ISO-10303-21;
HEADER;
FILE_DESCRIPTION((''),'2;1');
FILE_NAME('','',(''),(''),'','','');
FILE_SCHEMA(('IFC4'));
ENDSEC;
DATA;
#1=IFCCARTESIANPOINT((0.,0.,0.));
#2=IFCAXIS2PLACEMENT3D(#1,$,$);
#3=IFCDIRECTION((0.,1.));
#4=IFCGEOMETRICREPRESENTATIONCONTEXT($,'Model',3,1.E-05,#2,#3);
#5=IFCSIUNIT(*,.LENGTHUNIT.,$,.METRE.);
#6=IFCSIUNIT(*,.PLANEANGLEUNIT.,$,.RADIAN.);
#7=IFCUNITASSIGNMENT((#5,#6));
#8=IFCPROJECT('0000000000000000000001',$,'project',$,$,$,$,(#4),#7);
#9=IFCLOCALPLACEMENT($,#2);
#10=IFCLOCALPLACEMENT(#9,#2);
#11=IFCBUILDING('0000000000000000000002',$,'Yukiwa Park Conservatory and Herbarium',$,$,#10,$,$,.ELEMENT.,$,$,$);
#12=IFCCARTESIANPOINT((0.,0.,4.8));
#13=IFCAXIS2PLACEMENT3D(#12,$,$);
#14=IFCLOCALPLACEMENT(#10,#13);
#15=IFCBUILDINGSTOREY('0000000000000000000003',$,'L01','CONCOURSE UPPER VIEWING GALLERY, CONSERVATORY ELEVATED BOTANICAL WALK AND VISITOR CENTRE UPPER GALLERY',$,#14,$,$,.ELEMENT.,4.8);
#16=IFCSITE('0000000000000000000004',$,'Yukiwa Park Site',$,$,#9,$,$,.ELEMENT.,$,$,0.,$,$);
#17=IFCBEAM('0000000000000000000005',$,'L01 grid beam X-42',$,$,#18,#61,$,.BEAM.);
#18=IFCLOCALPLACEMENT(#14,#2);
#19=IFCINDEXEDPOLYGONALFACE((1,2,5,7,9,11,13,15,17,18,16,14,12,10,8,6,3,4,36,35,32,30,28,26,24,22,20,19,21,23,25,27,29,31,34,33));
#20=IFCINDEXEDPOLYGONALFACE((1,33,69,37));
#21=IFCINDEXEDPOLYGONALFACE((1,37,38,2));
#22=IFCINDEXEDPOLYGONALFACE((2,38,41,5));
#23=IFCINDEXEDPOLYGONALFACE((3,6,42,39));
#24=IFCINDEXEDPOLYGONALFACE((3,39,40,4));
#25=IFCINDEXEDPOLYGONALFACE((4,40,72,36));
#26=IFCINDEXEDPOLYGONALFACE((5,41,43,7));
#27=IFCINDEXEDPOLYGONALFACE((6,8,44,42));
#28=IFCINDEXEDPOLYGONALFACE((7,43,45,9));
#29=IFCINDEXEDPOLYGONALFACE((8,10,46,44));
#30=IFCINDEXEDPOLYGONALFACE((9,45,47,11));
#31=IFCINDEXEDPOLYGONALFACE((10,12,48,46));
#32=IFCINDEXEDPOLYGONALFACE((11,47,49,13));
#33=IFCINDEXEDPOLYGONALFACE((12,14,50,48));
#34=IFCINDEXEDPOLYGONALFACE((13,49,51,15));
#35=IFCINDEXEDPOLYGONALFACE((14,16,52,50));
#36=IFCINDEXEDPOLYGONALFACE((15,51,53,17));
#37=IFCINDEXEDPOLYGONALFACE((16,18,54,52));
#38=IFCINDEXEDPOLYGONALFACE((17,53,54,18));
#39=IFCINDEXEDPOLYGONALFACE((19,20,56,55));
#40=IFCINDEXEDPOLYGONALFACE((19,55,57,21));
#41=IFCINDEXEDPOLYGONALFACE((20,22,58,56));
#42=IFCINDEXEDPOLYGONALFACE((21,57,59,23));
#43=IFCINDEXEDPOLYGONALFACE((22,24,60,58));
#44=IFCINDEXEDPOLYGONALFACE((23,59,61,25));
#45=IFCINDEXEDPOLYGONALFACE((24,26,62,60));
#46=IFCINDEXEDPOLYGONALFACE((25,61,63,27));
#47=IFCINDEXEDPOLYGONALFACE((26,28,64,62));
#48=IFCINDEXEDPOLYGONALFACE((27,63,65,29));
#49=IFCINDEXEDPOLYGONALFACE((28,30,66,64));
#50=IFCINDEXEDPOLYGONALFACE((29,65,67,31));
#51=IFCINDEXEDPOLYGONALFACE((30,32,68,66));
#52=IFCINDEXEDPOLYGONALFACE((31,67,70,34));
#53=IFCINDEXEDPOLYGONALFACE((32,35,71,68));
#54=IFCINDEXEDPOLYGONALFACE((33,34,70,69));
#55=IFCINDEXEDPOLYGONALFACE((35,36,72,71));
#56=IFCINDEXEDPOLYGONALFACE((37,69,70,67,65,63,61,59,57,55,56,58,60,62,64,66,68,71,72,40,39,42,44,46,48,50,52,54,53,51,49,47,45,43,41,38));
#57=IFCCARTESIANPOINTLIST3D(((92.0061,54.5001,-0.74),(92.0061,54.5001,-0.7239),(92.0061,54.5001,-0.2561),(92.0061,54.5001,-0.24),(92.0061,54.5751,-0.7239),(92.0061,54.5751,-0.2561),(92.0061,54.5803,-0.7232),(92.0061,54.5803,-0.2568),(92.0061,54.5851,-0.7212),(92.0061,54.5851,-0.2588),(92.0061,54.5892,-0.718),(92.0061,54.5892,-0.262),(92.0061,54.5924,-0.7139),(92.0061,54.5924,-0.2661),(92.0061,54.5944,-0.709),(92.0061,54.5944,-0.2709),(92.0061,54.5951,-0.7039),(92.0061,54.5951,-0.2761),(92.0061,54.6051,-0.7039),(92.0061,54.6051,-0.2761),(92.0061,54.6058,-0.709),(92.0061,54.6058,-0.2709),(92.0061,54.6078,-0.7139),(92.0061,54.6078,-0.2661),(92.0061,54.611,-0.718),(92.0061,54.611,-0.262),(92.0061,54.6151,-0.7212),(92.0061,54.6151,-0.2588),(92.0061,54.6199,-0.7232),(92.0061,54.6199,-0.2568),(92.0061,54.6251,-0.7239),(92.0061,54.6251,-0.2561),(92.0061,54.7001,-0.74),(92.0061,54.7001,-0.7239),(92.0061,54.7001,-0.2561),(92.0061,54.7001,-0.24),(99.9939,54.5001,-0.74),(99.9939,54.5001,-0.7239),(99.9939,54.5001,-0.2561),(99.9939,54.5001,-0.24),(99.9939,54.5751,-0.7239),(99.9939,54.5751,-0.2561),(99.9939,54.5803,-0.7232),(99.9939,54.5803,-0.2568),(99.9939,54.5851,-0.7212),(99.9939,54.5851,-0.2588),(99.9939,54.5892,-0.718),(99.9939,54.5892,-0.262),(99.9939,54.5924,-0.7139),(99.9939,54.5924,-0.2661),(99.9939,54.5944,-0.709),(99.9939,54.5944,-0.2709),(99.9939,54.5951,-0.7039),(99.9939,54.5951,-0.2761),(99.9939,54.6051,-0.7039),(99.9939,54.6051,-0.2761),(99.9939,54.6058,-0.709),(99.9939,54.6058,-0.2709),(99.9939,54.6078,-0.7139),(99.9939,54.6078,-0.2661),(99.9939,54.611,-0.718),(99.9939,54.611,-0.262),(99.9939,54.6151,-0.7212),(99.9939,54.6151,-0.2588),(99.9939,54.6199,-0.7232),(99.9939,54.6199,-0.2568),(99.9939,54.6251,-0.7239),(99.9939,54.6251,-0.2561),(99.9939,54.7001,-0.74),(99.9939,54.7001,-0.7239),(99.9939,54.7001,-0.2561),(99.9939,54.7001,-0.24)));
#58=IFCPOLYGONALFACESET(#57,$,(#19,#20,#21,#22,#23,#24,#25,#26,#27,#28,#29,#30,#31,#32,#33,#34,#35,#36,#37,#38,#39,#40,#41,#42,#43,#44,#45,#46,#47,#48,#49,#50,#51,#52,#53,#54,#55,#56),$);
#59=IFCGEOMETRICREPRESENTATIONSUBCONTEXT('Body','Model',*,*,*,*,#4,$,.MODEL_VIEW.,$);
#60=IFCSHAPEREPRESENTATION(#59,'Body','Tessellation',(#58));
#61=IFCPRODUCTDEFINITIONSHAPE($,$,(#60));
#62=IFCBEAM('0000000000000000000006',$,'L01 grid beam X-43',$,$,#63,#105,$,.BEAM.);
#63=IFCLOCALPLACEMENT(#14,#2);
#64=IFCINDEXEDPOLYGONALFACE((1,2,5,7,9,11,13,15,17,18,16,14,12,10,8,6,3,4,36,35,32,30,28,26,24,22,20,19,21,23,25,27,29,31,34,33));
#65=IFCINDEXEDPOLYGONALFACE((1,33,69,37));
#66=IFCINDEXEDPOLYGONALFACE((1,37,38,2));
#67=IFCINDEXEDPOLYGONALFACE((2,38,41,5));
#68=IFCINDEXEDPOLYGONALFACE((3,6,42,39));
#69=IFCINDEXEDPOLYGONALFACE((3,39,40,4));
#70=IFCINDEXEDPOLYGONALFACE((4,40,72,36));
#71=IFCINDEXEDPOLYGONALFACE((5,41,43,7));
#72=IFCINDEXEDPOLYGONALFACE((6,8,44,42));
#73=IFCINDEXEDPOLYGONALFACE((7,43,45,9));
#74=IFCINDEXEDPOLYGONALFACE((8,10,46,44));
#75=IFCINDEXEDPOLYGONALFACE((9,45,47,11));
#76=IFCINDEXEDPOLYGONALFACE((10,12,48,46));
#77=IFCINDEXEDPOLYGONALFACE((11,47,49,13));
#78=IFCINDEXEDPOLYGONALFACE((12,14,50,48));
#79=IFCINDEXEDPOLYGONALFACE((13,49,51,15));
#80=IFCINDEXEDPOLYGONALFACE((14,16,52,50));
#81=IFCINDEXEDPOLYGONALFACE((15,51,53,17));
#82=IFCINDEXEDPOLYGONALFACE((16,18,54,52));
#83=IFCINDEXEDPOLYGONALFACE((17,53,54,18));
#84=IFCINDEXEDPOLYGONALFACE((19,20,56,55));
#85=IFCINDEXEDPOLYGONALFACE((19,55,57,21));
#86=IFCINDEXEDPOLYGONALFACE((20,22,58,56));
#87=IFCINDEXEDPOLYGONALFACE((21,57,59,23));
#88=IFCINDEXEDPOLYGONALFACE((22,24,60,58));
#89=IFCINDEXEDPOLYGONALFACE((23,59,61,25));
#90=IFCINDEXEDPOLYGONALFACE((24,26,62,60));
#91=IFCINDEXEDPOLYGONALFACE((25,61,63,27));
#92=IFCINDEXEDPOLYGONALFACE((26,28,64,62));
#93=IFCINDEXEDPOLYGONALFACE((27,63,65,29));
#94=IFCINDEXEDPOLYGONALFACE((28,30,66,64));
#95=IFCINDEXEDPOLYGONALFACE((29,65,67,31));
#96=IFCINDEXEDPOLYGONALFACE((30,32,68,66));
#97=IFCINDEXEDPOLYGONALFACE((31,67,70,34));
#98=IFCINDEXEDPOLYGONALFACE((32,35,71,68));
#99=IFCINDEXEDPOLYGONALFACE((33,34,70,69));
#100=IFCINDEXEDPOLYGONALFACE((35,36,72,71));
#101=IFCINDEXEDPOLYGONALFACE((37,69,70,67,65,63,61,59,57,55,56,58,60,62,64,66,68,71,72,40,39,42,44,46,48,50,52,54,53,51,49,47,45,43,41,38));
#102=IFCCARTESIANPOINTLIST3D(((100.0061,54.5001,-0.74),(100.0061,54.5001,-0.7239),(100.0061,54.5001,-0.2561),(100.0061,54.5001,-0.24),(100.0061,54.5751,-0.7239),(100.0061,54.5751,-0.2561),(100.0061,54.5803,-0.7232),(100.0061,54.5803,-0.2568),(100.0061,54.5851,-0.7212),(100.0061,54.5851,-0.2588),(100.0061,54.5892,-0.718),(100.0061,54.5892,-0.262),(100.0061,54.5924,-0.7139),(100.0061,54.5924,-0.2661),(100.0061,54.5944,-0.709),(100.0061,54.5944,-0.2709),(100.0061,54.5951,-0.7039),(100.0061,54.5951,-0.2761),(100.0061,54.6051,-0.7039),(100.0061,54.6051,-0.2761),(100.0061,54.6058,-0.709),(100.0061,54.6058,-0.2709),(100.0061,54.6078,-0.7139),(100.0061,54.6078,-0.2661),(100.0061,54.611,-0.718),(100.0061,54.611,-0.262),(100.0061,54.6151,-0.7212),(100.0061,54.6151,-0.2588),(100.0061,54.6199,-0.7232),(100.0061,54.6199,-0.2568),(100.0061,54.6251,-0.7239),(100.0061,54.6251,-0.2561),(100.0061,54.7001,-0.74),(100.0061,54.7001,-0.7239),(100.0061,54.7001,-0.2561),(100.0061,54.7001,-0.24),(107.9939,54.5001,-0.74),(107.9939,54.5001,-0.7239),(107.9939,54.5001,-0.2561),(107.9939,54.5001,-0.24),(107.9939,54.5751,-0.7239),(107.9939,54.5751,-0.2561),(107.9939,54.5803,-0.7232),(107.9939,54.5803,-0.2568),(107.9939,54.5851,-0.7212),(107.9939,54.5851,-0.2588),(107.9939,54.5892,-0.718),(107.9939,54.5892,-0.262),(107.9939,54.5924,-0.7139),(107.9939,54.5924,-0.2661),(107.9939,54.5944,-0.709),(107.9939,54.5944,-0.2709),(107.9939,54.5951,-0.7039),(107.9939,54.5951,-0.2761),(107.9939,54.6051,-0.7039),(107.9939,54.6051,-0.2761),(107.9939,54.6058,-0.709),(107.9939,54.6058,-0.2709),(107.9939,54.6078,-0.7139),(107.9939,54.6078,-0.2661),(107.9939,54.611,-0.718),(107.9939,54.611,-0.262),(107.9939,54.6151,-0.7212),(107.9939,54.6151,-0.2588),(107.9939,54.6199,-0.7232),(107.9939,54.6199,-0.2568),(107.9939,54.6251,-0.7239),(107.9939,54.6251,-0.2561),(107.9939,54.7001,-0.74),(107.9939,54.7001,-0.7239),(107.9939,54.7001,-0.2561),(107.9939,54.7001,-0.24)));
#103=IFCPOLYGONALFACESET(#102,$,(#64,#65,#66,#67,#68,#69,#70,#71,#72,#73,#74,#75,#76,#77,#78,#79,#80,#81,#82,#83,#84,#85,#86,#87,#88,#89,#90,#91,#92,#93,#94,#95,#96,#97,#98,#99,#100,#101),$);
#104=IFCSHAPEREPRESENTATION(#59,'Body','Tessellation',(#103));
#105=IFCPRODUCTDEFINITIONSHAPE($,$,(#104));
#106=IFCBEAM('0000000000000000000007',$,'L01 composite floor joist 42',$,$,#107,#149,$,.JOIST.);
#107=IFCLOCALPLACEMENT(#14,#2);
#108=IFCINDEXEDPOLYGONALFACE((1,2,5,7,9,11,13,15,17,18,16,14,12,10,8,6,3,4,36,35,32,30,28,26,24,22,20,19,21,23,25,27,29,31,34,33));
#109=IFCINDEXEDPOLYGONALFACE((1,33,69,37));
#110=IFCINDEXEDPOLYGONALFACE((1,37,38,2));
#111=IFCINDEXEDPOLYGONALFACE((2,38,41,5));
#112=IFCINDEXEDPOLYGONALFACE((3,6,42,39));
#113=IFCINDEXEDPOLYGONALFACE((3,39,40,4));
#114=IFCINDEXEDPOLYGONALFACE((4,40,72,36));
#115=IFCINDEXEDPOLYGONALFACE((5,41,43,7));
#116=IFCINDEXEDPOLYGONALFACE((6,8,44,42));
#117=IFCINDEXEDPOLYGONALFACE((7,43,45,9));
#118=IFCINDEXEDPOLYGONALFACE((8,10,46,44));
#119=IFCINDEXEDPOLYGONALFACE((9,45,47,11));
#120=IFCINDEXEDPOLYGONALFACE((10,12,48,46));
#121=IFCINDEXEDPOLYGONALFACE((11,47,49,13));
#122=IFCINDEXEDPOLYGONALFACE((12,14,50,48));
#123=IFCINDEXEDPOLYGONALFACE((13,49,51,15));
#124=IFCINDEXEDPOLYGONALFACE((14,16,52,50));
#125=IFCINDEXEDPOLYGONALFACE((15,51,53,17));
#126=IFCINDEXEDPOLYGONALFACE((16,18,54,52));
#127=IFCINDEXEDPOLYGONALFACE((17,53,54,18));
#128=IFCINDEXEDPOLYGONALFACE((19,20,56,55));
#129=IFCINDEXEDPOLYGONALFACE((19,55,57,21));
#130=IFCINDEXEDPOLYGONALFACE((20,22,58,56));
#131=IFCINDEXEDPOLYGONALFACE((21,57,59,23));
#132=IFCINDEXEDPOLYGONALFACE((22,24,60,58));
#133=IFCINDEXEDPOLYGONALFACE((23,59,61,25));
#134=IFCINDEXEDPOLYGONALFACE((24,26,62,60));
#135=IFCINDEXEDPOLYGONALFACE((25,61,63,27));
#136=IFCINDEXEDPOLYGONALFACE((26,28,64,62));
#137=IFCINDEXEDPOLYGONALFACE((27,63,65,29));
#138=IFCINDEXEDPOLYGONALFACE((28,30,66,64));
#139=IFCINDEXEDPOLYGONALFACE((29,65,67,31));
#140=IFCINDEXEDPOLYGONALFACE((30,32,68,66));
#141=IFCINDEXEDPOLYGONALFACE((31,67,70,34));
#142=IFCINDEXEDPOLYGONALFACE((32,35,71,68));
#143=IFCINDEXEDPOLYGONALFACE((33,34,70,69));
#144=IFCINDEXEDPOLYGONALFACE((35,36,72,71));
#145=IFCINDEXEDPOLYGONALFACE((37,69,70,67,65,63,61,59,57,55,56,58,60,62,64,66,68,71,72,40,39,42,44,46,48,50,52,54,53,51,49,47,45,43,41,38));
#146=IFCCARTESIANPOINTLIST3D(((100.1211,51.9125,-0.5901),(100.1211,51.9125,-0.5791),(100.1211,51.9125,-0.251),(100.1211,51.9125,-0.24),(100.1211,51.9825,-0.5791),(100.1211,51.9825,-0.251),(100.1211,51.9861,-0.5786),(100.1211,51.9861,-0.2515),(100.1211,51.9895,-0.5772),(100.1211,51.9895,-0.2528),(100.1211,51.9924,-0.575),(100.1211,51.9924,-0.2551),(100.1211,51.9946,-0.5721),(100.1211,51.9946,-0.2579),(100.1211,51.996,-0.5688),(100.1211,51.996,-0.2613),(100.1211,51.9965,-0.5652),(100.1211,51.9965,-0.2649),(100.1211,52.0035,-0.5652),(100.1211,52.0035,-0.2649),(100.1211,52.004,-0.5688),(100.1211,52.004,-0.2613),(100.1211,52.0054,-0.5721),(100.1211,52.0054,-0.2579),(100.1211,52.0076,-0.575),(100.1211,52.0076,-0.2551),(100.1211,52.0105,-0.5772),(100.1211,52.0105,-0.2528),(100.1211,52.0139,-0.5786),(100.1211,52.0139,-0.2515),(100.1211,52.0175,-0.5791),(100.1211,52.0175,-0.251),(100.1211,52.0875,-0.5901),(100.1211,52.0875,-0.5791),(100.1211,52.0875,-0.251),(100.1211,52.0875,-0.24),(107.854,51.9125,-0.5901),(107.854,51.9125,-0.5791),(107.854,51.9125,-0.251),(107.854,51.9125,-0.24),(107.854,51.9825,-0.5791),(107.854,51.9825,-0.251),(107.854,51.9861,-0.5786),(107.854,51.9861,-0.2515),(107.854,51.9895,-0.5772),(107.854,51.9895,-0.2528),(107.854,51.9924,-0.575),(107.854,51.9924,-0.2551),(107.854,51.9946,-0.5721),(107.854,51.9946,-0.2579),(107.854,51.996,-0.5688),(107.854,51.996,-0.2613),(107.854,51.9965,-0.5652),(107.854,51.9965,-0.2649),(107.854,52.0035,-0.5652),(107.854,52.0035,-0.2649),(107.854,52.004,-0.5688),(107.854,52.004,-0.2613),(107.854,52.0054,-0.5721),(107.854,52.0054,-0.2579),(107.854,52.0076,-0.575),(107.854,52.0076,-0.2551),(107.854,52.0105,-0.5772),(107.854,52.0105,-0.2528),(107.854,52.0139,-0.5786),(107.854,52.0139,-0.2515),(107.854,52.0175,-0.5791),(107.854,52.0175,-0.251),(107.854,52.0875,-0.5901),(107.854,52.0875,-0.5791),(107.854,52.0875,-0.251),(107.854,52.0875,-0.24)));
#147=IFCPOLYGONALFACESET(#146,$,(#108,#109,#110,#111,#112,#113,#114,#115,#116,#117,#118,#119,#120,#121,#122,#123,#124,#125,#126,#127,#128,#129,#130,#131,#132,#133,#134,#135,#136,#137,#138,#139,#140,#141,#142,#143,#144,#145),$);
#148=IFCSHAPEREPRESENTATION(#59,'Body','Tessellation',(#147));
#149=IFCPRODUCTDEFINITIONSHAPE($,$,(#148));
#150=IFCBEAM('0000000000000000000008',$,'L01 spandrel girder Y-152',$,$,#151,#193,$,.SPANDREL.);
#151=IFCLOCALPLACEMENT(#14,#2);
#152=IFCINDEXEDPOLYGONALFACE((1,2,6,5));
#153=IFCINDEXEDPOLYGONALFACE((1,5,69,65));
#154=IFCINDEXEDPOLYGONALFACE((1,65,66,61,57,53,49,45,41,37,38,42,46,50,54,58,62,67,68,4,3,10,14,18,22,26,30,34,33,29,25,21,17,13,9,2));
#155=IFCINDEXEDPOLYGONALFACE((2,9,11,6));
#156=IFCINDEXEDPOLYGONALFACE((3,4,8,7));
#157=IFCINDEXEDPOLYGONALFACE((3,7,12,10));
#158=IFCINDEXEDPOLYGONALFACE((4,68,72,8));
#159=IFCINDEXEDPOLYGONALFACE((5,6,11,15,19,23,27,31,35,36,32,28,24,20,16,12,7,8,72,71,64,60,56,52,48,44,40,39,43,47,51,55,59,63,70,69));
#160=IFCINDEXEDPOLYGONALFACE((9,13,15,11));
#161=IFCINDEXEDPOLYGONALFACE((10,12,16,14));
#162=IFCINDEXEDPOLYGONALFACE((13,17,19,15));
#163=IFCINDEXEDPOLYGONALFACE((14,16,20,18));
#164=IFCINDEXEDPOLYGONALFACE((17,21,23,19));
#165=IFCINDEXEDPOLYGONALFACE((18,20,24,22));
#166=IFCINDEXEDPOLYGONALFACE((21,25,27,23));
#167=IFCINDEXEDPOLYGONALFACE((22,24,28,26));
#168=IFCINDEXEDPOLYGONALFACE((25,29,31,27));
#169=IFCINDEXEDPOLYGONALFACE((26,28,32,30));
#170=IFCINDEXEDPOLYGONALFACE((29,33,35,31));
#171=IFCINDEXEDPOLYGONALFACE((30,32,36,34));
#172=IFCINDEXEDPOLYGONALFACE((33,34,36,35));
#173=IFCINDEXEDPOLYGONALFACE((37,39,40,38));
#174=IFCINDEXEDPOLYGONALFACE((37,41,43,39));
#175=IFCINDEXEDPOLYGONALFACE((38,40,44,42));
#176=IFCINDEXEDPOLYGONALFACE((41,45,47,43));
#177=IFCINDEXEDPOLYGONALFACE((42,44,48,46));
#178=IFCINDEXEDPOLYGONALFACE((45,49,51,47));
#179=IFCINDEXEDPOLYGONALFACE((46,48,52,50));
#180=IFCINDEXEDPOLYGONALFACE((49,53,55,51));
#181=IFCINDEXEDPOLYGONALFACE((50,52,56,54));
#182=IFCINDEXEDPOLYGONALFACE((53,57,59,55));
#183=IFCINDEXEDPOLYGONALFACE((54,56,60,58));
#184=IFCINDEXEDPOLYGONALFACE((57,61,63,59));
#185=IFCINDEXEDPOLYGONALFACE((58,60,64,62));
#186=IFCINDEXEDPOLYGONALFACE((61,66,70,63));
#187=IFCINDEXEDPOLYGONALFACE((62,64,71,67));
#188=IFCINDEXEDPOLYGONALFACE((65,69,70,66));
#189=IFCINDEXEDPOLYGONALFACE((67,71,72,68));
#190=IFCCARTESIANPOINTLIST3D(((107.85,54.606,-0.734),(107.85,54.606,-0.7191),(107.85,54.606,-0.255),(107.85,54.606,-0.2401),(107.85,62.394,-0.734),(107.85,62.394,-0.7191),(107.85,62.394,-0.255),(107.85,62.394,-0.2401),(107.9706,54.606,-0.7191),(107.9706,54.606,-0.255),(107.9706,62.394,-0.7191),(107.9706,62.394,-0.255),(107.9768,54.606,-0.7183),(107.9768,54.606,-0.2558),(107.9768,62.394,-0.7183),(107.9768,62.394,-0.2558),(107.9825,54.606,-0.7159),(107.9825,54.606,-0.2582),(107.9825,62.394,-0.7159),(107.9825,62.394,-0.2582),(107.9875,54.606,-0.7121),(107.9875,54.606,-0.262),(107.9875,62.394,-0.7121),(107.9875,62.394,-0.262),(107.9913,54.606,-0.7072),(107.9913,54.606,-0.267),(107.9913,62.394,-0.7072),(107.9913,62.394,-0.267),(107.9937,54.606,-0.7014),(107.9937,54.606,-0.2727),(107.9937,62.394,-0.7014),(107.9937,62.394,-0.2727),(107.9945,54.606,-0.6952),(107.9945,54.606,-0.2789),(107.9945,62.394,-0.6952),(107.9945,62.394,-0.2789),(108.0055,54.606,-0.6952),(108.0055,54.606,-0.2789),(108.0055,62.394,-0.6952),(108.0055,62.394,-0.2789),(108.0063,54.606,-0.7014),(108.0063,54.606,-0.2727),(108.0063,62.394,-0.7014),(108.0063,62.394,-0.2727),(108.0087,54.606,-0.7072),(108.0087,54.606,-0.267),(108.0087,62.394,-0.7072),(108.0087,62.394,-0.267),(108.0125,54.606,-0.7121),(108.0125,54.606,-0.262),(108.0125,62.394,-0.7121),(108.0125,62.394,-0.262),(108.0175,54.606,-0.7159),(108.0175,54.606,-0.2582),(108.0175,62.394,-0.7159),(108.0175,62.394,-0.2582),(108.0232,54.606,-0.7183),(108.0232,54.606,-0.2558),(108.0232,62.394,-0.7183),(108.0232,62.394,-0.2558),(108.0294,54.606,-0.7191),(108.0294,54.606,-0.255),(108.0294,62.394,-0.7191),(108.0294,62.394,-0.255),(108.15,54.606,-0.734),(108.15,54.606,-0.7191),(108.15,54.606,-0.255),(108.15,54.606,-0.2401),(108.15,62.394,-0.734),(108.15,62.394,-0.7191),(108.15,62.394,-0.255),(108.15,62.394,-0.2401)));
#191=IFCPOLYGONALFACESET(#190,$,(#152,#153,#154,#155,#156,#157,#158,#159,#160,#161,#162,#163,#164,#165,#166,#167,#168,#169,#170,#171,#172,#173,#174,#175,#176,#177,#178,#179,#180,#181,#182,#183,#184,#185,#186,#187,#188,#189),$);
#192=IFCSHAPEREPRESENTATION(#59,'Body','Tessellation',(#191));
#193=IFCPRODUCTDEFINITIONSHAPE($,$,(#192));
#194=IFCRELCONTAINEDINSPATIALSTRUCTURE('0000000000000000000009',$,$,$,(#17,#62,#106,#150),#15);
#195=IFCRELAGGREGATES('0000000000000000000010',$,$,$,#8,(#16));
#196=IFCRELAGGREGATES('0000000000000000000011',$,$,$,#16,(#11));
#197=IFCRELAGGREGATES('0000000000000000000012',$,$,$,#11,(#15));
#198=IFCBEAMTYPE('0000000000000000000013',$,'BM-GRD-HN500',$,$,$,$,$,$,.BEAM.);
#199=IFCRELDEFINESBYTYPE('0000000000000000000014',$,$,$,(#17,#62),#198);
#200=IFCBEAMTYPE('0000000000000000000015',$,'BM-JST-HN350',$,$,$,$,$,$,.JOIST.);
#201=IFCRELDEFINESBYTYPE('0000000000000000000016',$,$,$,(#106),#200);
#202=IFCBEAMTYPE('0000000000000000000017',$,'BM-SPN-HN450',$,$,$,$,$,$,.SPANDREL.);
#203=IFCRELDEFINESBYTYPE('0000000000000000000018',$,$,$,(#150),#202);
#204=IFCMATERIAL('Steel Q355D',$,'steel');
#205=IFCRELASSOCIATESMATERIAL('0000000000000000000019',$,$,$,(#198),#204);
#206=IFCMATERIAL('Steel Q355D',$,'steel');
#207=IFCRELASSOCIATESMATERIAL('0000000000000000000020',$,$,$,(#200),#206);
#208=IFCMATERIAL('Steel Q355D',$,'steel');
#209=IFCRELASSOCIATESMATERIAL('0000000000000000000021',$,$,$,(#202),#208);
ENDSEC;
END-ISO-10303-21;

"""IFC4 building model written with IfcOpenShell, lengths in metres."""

from ifc_helpers import new_model, si_unit, direction, frame, origin, origin_2d, place, context, subcontext, project, spatial, i_section, extrude, material, material_profile, profile_set, type_object, element, save


model = new_model("IFC4")

# Units and contexts
model_context = context("Model", 3, precision=1e-05, world=origin(), true_north=direction((0.0, 1.0)))
body_context = subcontext(model_context, "Body", "Model", "MODEL_VIEW")
ifc_project = project(units=[si_unit("LENGTHUNIT", "METRE"), si_unit("PLANEANGLEUNIT", "RADIAN")], contexts=[model_context])

# Site, building, storey
site_placement = place(None, origin())
site = spatial("IfcSite", under=ifc_project, at=site_placement, Name="Yukiwa Park Site", CompositionType="ELEMENT", RefElevation=0.0)
building_placement = place(site_placement, origin())
building = spatial("IfcBuilding", under=site, at=building_placement, Name="Yukiwa Park Conservatory and Herbarium", CompositionType="ELEMENT")
storey_placement = place(building_placement, frame((0.0, 0.0, 4.8)))
storey = spatial("IfcBuildingStorey", under=building, at=storey_placement, Name="L01", Description="CONCOURSE UPPER VIEWING GALLERY, CONSERVATORY ELEVATED BOTANICAL WALK AND VISITOR CENTRE UPPER GALLERY", CompositionType="ELEMENT", Elevation=4.8)

# Beams
ifc_material_1 = material(Name="Steel Q355D", Category="steel")
ifc_material_profile_1 = material_profile(ifc_material_1, i_section(OverallWidth=0.2, OverallDepth=0.5, WebThickness=0.01, FlangeThickness=0.0161, FilletRadius=0.02, at=origin_2d()), Name="HN 500x200x10x16")
ifc_profile_set_1 = profile_set([ifc_material_profile_1], Name="Steel Q355D")
beam_type_1 = type_object("IfcBeamType", Name="BM-GRD-HN500", PredefinedType="BEAM", material=ifc_profile_set_1)
for number, where, z_axis, x_axis, name in (
    (1, (92.0061, 54.6001, -0.49), (1.0, 0.0, 0.0), (0.0, 1.0, 0.0), "L01 grid beam X-42"),
    (2, (100.0061, 54.6001, -0.49), (1.0, 0.0, 0.0), (0.0, 1.0, 0.0), "L01 grid beam X-43"),
):
    element("IfcBeam", number, at=place(storey_placement, frame(where, z_axis=z_axis, x_axis=x_axis)), inside=storey, type_object=beam_type_1, Name=name, PredefinedType="BEAM", context=body_context, shape_type="SweptSolid", body=[
        extrude(i_section(OverallWidth=0.2, OverallDepth=0.5, WebThickness=0.01, FlangeThickness=0.0161, FilletRadius=0.02, at=origin_2d()), origin(), (0.0, 0.0, 1.0), 7.9878),
    ])
ifc_material_2 = material(Name="Steel Q355D", Category="steel")
ifc_material_profile_2 = material_profile(ifc_material_2, i_section(OverallWidth=0.175, OverallDepth=0.3501, WebThickness=0.0071, FlangeThickness=0.011, FilletRadius=0.0139, at=origin_2d()), Name="HN 350x175x7x11")
ifc_profile_set_2 = profile_set([ifc_material_profile_2], Name="Steel Q355D")
beam_type_2 = type_object("IfcBeamType", Name="BM-JST-HN350", PredefinedType="JOIST", material=ifc_profile_set_2)
beam_1_placement = place(storey_placement, frame((100.1211, 52.0, -0.415), z_axis=(1.0, 0.0, 0.0), x_axis=(0.0, 1.0, 0.0)))
element("IfcBeam", 3, at=beam_1_placement, inside=storey, type_object=beam_type_2, Name="L01 composite floor joist 42", PredefinedType="JOIST", context=body_context, shape_type="SweptSolid", body=[
    extrude(i_section(OverallWidth=0.175, OverallDepth=0.3501, WebThickness=0.0071, FlangeThickness=0.011, FilletRadius=0.0139, at=origin_2d()), origin(), (0.0, 0.0, 1.0), 7.7329),
])
ifc_material_3 = material(Name="Steel Q355D", Category="steel")
ifc_material_profile_3 = material_profile(ifc_material_3, i_section(OverallWidth=0.3, OverallDepth=0.4939, WebThickness=0.011, FlangeThickness=0.0149, FilletRadius=0.0239, at=origin_2d()), Name="HM 494x300x11x15")
ifc_profile_set_3 = profile_set([ifc_material_profile_3], Name="Steel Q355D")
beam_type_3 = type_object("IfcBeamType", Name="BM-SPN-HN450", PredefinedType="SPANDREL", material=ifc_profile_set_3)
for number, where, z_axis, x_axis, name in (
    (4, (108.0, 54.606, -0.4871), (0.0, 1.0, 0.0), (-1.0, 0.0, 0.0), "L01 spandrel girder Y-152"),
):
    element("IfcBeam", number, at=place(storey_placement, frame(where, z_axis=z_axis, x_axis=x_axis)), inside=storey, type_object=beam_type_3, Name=name, PredefinedType="SPANDREL", context=body_context, shape_type="SweptSolid", body=[
        extrude(i_section(OverallWidth=0.3, OverallDepth=0.4939, WebThickness=0.011, FlangeThickness=0.0149, FilletRadius=0.0239, at=origin_2d()), origin(), (0.0, 0.0, 1.0), 7.7881),
    ])

save(model, "model.ifc")
